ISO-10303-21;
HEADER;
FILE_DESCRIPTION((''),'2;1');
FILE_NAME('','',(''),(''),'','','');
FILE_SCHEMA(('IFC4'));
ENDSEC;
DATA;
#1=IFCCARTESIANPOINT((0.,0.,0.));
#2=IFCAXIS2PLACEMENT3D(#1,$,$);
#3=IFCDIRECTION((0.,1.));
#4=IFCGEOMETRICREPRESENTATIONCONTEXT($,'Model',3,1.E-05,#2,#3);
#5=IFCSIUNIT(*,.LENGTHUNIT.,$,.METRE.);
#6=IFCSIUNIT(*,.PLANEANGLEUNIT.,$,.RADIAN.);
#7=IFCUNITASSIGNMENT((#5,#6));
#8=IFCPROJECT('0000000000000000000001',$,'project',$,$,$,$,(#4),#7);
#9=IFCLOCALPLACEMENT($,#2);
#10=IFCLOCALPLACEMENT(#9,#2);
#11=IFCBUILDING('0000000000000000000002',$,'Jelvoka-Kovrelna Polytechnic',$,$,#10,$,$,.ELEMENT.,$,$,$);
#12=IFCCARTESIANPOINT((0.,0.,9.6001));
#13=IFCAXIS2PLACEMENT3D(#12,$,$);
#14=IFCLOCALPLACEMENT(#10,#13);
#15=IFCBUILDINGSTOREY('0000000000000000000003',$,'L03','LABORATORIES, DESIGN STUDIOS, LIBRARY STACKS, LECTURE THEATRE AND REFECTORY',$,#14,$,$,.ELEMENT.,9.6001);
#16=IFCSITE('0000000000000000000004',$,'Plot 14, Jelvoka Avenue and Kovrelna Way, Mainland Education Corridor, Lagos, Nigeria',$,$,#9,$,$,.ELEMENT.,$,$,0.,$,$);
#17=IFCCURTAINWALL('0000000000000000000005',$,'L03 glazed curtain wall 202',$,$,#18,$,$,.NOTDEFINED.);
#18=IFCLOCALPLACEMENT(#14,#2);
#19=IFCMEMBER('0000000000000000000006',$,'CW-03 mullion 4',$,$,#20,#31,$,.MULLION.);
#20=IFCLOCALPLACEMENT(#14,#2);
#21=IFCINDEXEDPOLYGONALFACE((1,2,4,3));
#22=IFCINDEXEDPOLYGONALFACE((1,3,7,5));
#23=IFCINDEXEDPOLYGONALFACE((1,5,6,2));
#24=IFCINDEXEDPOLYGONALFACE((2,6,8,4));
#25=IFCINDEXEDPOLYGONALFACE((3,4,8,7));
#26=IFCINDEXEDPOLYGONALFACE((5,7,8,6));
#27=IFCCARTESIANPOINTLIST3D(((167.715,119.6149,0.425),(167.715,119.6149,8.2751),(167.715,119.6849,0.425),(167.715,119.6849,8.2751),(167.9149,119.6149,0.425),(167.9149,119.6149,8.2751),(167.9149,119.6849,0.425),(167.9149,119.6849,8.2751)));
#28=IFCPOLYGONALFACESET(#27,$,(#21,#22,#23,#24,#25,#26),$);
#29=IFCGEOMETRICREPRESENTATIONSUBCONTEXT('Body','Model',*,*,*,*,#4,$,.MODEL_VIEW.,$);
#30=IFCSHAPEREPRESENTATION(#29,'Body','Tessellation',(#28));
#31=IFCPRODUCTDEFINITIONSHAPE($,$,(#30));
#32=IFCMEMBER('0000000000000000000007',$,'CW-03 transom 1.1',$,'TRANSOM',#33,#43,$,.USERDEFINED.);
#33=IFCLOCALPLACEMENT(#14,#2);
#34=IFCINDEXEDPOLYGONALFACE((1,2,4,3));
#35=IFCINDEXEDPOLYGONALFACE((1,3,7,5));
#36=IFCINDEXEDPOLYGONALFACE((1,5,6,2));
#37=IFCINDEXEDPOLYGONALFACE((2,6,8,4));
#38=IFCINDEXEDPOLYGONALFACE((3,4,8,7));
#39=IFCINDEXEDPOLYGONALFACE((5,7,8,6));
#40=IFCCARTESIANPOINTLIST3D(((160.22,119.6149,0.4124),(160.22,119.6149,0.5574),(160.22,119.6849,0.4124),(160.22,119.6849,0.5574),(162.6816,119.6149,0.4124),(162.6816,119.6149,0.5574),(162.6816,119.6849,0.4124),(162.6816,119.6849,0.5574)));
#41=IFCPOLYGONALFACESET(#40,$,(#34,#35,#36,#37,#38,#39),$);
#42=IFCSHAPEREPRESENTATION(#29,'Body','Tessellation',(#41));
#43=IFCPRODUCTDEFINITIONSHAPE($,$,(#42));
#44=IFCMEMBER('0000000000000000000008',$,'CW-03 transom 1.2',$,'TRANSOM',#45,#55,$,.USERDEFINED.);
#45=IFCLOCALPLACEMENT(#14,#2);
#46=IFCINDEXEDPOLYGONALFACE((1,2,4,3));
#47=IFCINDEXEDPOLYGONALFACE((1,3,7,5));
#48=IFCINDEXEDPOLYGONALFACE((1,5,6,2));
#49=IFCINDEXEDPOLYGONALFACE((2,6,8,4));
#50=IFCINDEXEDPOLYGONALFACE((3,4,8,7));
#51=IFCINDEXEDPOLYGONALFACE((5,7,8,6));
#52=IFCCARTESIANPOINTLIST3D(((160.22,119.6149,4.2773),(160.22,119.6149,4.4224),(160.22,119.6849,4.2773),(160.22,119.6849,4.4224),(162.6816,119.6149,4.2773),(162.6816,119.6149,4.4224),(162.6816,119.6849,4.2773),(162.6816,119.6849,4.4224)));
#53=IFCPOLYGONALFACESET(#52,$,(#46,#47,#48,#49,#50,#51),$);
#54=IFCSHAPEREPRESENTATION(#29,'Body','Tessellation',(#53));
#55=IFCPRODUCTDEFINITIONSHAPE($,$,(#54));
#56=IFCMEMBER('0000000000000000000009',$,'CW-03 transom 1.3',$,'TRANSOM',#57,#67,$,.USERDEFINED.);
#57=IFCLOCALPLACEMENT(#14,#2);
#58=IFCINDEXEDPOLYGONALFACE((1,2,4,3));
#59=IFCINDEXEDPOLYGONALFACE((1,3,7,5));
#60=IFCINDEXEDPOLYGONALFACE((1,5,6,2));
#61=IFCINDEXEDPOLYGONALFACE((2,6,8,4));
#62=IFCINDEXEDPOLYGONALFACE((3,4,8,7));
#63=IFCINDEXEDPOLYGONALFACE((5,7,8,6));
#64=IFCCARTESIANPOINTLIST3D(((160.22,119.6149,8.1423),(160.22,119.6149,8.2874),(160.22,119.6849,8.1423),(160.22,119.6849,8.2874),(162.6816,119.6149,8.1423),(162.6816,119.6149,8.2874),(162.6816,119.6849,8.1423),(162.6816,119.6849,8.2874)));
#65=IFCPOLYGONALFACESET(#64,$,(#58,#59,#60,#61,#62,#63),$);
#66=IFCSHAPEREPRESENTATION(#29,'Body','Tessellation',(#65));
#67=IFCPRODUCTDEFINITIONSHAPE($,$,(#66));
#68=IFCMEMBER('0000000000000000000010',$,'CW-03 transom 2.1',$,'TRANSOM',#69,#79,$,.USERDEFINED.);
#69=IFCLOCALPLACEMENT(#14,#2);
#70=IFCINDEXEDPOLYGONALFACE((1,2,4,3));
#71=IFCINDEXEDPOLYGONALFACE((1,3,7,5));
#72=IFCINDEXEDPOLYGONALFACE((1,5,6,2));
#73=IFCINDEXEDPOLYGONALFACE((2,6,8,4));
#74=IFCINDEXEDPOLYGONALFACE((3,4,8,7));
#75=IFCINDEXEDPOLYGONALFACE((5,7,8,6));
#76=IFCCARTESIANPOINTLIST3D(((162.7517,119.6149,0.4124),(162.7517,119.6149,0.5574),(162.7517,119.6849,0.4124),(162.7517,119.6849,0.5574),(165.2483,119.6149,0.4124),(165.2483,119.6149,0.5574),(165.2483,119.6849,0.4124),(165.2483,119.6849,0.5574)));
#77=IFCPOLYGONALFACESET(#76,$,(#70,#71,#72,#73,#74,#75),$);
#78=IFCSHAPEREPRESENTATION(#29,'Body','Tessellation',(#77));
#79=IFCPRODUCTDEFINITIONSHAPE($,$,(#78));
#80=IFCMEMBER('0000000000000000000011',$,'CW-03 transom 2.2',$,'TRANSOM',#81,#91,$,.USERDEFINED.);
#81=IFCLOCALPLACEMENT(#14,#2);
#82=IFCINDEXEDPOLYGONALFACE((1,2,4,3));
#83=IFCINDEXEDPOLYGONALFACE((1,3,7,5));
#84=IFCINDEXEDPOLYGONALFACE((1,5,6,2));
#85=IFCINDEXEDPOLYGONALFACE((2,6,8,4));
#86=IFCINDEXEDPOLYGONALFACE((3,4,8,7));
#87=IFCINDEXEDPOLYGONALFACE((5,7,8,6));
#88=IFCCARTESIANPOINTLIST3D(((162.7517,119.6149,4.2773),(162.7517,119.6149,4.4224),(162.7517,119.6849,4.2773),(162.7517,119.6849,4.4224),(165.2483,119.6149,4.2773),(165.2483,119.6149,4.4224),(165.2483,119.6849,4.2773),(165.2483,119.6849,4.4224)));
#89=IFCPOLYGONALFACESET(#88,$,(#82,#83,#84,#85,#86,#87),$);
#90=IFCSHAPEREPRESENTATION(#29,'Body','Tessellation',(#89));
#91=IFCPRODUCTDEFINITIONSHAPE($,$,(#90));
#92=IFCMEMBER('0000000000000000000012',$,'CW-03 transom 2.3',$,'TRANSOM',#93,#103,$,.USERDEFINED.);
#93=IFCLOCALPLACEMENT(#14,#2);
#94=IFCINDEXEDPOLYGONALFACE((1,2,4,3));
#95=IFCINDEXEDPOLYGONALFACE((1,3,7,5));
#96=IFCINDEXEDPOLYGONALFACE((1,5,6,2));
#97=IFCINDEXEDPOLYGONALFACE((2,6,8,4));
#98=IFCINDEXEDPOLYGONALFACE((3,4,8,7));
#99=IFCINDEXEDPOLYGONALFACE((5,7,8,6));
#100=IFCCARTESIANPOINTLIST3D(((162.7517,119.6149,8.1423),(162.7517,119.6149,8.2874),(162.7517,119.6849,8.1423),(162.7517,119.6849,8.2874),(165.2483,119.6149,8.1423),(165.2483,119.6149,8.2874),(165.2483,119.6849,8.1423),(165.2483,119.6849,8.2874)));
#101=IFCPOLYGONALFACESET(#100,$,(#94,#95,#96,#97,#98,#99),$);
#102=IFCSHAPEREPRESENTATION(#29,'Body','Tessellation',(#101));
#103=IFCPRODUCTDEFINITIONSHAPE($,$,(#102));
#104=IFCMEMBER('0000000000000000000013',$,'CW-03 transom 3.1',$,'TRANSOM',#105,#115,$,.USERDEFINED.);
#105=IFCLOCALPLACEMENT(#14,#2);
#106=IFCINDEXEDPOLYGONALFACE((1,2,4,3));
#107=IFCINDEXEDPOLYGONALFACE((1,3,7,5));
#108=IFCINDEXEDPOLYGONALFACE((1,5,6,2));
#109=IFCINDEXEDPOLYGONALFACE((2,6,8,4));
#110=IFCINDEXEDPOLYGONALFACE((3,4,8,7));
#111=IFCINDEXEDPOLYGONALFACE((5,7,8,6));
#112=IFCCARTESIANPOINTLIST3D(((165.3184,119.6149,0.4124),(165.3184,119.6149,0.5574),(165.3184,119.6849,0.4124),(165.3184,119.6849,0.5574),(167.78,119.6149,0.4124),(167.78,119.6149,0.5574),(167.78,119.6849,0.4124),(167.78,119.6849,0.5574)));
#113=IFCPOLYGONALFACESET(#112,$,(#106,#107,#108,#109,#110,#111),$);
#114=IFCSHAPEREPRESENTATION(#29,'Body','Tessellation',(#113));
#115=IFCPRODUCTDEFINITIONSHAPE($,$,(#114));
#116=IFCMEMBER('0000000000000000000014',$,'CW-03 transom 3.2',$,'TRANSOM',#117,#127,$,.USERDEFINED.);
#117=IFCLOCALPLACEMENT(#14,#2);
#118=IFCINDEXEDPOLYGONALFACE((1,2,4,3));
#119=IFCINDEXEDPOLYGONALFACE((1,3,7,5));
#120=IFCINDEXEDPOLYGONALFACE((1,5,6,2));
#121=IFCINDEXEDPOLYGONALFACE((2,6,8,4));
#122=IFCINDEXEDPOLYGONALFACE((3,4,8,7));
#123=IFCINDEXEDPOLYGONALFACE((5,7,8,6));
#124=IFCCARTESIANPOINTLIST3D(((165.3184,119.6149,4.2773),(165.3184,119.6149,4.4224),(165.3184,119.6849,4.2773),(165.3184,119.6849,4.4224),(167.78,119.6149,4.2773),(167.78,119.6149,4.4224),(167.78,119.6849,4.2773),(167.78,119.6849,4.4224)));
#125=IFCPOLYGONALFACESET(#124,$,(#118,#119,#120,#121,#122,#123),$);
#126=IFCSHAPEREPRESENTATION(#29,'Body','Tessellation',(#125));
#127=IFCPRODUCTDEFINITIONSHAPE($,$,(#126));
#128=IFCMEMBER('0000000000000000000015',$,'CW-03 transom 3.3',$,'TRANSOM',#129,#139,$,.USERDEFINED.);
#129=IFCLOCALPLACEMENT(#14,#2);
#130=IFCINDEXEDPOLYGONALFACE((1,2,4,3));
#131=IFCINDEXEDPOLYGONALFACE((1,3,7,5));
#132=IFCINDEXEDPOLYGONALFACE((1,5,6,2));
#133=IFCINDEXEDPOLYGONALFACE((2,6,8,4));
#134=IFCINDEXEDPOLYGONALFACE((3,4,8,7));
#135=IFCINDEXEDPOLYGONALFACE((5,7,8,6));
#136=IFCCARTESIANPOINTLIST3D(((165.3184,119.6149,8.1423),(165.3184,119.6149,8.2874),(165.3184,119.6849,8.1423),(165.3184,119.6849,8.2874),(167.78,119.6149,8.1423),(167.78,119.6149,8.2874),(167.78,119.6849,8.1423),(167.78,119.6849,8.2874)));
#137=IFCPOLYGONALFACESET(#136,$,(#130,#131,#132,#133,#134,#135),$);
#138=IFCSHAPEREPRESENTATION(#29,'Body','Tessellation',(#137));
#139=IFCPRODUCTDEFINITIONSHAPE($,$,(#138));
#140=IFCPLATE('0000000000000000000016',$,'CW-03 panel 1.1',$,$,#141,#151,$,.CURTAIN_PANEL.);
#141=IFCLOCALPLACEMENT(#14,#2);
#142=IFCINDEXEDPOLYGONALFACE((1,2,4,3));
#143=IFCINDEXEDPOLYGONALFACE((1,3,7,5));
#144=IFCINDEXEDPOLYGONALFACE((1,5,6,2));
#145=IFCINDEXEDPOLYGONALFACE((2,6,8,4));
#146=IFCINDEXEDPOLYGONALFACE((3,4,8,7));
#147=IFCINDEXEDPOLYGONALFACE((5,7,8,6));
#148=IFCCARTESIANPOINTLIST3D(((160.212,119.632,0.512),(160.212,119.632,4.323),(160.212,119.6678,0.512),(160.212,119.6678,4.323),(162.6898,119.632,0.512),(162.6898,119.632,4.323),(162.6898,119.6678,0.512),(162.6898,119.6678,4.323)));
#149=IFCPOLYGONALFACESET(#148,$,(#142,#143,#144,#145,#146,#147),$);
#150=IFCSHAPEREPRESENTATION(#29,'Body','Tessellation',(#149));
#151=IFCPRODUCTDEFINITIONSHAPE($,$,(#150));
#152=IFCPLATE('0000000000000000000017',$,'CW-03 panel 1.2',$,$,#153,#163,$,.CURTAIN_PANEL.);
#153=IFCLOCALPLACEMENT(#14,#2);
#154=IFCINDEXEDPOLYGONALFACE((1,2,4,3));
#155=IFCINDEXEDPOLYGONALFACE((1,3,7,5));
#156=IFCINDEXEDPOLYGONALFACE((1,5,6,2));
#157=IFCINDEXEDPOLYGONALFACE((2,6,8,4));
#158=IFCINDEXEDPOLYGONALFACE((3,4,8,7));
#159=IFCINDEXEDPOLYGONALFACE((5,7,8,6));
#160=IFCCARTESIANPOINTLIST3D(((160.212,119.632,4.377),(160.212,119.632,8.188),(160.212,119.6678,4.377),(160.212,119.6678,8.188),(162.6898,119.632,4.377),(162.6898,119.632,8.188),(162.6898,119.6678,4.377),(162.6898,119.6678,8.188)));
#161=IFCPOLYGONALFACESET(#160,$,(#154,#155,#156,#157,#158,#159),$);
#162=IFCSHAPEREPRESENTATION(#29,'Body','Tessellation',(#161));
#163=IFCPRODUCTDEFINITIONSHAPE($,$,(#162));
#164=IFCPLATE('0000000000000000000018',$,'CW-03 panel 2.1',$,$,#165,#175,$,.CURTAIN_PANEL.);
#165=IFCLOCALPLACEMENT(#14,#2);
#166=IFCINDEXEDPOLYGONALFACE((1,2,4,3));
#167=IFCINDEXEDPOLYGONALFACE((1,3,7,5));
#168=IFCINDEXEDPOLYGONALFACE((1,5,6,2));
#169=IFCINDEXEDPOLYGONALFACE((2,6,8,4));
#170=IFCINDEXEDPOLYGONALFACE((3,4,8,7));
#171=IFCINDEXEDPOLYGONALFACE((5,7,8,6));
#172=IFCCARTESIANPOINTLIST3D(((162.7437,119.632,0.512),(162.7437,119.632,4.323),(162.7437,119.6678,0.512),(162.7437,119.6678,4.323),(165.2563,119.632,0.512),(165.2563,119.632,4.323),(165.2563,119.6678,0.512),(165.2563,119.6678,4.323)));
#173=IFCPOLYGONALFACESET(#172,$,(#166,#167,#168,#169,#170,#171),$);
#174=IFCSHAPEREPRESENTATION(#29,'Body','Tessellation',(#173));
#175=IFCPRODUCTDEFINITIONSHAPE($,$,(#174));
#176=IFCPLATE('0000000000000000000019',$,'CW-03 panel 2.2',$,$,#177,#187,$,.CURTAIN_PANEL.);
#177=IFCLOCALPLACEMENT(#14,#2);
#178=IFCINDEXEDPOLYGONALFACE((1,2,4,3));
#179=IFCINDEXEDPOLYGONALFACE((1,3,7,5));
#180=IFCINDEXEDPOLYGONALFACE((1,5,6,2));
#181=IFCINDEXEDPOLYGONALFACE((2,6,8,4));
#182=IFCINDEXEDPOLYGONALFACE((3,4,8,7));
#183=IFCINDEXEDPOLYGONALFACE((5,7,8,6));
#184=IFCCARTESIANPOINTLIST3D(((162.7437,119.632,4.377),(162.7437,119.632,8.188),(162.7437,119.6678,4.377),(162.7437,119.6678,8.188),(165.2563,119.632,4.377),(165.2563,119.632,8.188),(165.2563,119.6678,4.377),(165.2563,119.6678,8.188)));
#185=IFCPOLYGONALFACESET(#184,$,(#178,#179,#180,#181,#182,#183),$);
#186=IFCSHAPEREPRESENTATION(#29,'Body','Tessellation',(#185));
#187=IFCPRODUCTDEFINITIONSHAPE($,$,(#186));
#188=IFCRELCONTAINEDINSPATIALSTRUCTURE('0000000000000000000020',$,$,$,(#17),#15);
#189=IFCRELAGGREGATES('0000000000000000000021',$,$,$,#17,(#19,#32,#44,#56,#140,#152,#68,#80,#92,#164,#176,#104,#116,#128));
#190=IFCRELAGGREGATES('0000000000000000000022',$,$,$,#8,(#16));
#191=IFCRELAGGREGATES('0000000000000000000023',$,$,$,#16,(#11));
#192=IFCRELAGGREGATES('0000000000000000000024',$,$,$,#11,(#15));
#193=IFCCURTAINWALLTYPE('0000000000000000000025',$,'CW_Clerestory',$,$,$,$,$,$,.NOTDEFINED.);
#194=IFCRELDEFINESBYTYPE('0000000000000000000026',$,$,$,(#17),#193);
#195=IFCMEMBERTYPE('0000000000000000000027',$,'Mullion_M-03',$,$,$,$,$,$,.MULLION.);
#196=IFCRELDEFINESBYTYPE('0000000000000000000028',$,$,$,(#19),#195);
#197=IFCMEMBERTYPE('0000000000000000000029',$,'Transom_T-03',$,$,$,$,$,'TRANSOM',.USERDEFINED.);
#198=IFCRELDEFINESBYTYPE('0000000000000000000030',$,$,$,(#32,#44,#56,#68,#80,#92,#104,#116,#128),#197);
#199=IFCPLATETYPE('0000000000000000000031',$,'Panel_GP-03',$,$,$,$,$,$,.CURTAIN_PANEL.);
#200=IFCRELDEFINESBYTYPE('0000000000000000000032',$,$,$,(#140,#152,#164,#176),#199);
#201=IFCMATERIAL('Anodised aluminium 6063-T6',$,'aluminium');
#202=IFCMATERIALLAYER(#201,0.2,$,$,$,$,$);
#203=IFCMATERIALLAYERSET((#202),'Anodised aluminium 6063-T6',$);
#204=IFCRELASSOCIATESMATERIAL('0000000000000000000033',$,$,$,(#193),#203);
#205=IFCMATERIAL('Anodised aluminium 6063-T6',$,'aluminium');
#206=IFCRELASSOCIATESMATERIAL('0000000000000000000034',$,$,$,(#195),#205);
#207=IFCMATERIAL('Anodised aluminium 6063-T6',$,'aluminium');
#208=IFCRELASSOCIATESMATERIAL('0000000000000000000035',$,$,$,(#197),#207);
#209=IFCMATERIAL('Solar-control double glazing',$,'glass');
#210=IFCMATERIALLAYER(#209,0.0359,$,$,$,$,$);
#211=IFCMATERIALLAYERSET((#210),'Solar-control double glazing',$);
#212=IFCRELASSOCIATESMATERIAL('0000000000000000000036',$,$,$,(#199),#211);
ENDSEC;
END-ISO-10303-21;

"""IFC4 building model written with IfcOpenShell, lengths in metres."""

from ifc_helpers import new_model, si_unit, direction, frame, origin, origin_2d, place, context, subcontext, project, spatial, rectangle, extrude, material, layer, layer_set, material_profile, profile_set, type_object, element, aggregate, save


model = new_model("IFC4")

# Units and contexts
model_context = context("Model", 3, precision=1e-05, world=origin(), true_north=direction((0.0, 1.0)))
body_context = subcontext(model_context, "Body", "Model", "MODEL_VIEW")
ifc_project = project(units=[si_unit("LENGTHUNIT", "METRE"), si_unit("PLANEANGLEUNIT", "RADIAN")], contexts=[model_context])

# Site, building, storey
site_placement = place(None, origin())
site = spatial("IfcSite", under=ifc_project, at=site_placement, Name="Plot 14, Jelvoka Avenue and Kovrelna Way, Mainland Education Corridor, Lagos, Nigeria", CompositionType="ELEMENT", RefElevation=0.0)
building_placement = place(site_placement, origin())
building = spatial("IfcBuilding", under=site, at=building_placement, Name="Jelvoka-Kovrelna Polytechnic", CompositionType="ELEMENT")
storey_placement = place(building_placement, frame((0.0, 0.0, 9.6001)))
storey = spatial("IfcBuildingStorey", under=building, at=storey_placement, Name="L03", Description="LABORATORIES, DESIGN STUDIOS, LIBRARY STACKS, LECTURE THEATRE AND REFECTORY", CompositionType="ELEMENT", Elevation=9.6001)

# Shared definitions
ifc_material_1 = material(Name="Anodised aluminium 6063-T6", Category="aluminium")
ifc_layer_1 = layer(ifc_material_1, 0.2)
ifc_layer_set_1 = layer_set([ifc_layer_1], Name="Anodised aluminium 6063-T6")
curtain_wall_type = type_object("IfcCurtainWallType", Name="CW_Clerestory", PredefinedType="NOTDEFINED", material=ifc_layer_set_1)
ifc_material_2 = material(Name="Anodised aluminium 6063-T6", Category="aluminium")
ifc_material_profile_1 = material_profile(ifc_material_2, rectangle(XDim=0.0701, YDim=0.2, at=origin_2d()), Name="ALU 70x200")
ifc_profile_set_1 = profile_set([ifc_material_profile_1], Name="Anodised aluminium 6063-T6")
member_type_1 = type_object("IfcMemberType", Name="Mullion_M-03", PredefinedType="MULLION", material=ifc_profile_set_1)

# Curtain wall, members, plates
curtain_wall_1_placement = place(storey_placement, origin())
curtain_wall_1 = element("IfcCurtainWall", 1, at=curtain_wall_1_placement, inside=storey, type_object=curtain_wall_type, Name="L03 glazed curtain wall 202", PredefinedType="NOTDEFINED")
member_1_placement = place(storey_placement, frame((167.8149, 119.6499, 0.425), z_axis=(0.0, 0.0, 1.0), x_axis=(0.0, 1.0, 0.0)))
member_1 = element("IfcMember", 2, at=member_1_placement, type_object=member_type_1, Name="CW-03 mullion 4", PredefinedType="MULLION", context=body_context, shape_type="SweptSolid", body=[
    extrude(rectangle(XDim=0.0701, YDim=0.2, at=origin_2d()), origin(), (0.0, 0.0, 1.0), 7.8501),
])
ifc_material_3 = material(Name="Anodised aluminium 6063-T6", Category="aluminium")
ifc_material_profile_2 = material_profile(ifc_material_3, rectangle(XDim=0.0701, YDim=0.145, at=origin_2d()), Name="ALU 70x145")
ifc_profile_set_2 = profile_set([ifc_material_profile_2], Name="Anodised aluminium 6063-T6")
member_type_2 = type_object("IfcMemberType", Name="Transom_T-03", ElementType="TRANSOM", PredefinedType="USERDEFINED", material=ifc_profile_set_2)
member_2_placement = place(storey_placement, frame((160.22, 119.6499, 0.4849), z_axis=(1.0, 0.0, 0.0), x_axis=(0.0, 1.0, 0.0)))
member_2 = element("IfcMember", 3, at=member_2_placement, type_object=member_type_2, Name="CW-03 transom 1.1", ObjectType="TRANSOM", PredefinedType="USERDEFINED", context=body_context, shape_type="SweptSolid", body=[
    extrude(rectangle(XDim=0.0701, YDim=0.145, at=origin_2d()), origin(), (0.0, 0.0, 1.0), 2.4617),
])
member_3_placement = place(storey_placement, frame((160.22, 119.6499, 4.3499), z_axis=(1.0, 0.0, 0.0), x_axis=(0.0, 1.0, 0.0)))
member_3 = element("IfcMember", 4, at=member_3_placement, type_object=member_type_2, Name="CW-03 transom 1.2", ObjectType="TRANSOM", PredefinedType="USERDEFINED", context=body_context, shape_type="SweptSolid", body=[
    extrude(rectangle(XDim=0.0701, YDim=0.145, at=origin_2d()), origin(), (0.0, 0.0, 1.0), 2.4617),
])
member_4_placement = place(storey_placement, frame((160.22, 119.6499, 8.2148), z_axis=(1.0, 0.0, 0.0), x_axis=(0.0, 1.0, 0.0)))
member_4 = element("IfcMember", 5, at=member_4_placement, type_object=member_type_2, Name="CW-03 transom 1.3", ObjectType="TRANSOM", PredefinedType="USERDEFINED", context=body_context, shape_type="SweptSolid", body=[
    extrude(rectangle(XDim=0.0701, YDim=0.145, at=origin_2d()), origin(), (0.0, 0.0, 1.0), 2.4617),
])
member_5_placement = place(storey_placement, frame((162.7517, 119.6499, 0.4849), z_axis=(1.0, 0.0, 0.0), x_axis=(0.0, 1.0, 0.0)))
member_5 = element("IfcMember", 6, at=member_5_placement, type_object=member_type_2, Name="CW-03 transom 2.1", ObjectType="TRANSOM", PredefinedType="USERDEFINED", context=body_context, shape_type="SweptSolid", body=[
    extrude(rectangle(XDim=0.0701, YDim=0.145, at=origin_2d()), origin(), (0.0, 0.0, 1.0), 2.4966),
])
member_6_placement = place(storey_placement, frame((162.7517, 119.6499, 4.3499), z_axis=(1.0, 0.0, 0.0), x_axis=(0.0, 1.0, 0.0)))
member_6 = element("IfcMember", 7, at=member_6_placement, type_object=member_type_2, Name="CW-03 transom 2.2", ObjectType="TRANSOM", PredefinedType="USERDEFINED", context=body_context, shape_type="SweptSolid", body=[
    extrude(rectangle(XDim=0.0701, YDim=0.145, at=origin_2d()), origin(), (0.0, 0.0, 1.0), 2.4966),
])
member_7_placement = place(storey_placement, frame((162.7517, 119.6499, 8.2148), z_axis=(1.0, 0.0, 0.0), x_axis=(0.0, 1.0, 0.0)))
member_7 = element("IfcMember", 8, at=member_7_placement, type_object=member_type_2, Name="CW-03 transom 2.3", ObjectType="TRANSOM", PredefinedType="USERDEFINED", context=body_context, shape_type="SweptSolid", body=[
    extrude(rectangle(XDim=0.0701, YDim=0.145, at=origin_2d()), origin(), (0.0, 0.0, 1.0), 2.4966),
])
member_8_placement = place(storey_placement, frame((165.3184, 119.6499, 0.4849), z_axis=(1.0, 0.0, 0.0), x_axis=(0.0, 1.0, 0.0)))
member_8 = element("IfcMember", 9, at=member_8_placement, type_object=member_type_2, Name="CW-03 transom 3.1", ObjectType="TRANSOM", PredefinedType="USERDEFINED", context=body_context, shape_type="SweptSolid", body=[
    extrude(rectangle(XDim=0.0701, YDim=0.145, at=origin_2d()), origin(), (0.0, 0.0, 1.0), 2.4617),
])
member_9_placement = place(storey_placement, frame((165.3184, 119.6499, 4.3499), z_axis=(1.0, 0.0, 0.0), x_axis=(0.0, 1.0, 0.0)))
member_9 = element("IfcMember", 10, at=member_9_placement, type_object=member_type_2, Name="CW-03 transom 3.2", ObjectType="TRANSOM", PredefinedType="USERDEFINED", context=body_context, shape_type="SweptSolid", body=[
    extrude(rectangle(XDim=0.0701, YDim=0.145, at=origin_2d()), origin(), (0.0, 0.0, 1.0), 2.4617),
])
member_10_placement = place(storey_placement, frame((165.3184, 119.6499, 8.2148), z_axis=(1.0, 0.0, 0.0), x_axis=(0.0, 1.0, 0.0)))
member_10 = element("IfcMember", 11, at=member_10_placement, type_object=member_type_2, Name="CW-03 transom 3.3", ObjectType="TRANSOM", PredefinedType="USERDEFINED", context=body_context, shape_type="SweptSolid", body=[
    extrude(rectangle(XDim=0.0701, YDim=0.145, at=origin_2d()), origin(), (0.0, 0.0, 1.0), 2.4617),
])
ifc_material_4 = material(Name="Solar-control double glazing", Category="glass")
ifc_layer_2 = layer(ifc_material_4, 0.0359)
ifc_layer_set_2 = layer_set([ifc_layer_2], Name="Solar-control double glazing")
plate_type_1 = type_object("IfcPlateType", Name="Panel_GP-03", PredefinedType="CURTAIN_PANEL", material=ifc_layer_set_2)
plate_1_placement = place(storey_placement, frame((161.4509, 119.6499, 0.512), z_axis=(0.0, 0.0, 1.0), x_axis=(1.0, 0.0, 0.0)))
plate_1 = element("IfcPlate", 12, at=plate_1_placement, type_object=plate_type_1, Name="CW-03 panel 1.1", PredefinedType="CURTAIN_PANEL", context=body_context, shape_type="SweptSolid", body=[
    extrude(rectangle(XDim=2.4778, YDim=0.0359, at=origin_2d()), origin(), (0.0, 0.0, 1.0), 3.811),
])
plate_2_placement = place(storey_placement, frame((161.4509, 119.6499, 4.377), z_axis=(0.0, 0.0, 1.0), x_axis=(1.0, 0.0, 0.0)))
plate_2 = element("IfcPlate", 13, at=plate_2_placement, type_object=plate_type_1, Name="CW-03 panel 1.2", PredefinedType="CURTAIN_PANEL", context=body_context, shape_type="SweptSolid", body=[
    extrude(rectangle(XDim=2.4778, YDim=0.0359, at=origin_2d()), origin(), (0.0, 0.0, 1.0), 3.811),
])
plate_3_placement = place(storey_placement, frame((164.0, 119.6499, 0.512), z_axis=(0.0, 0.0, 1.0), x_axis=(1.0, 0.0, 0.0)))
plate_3 = element("IfcPlate", 14, at=plate_3_placement, type_object=plate_type_1, Name="CW-03 panel 2.1", PredefinedType="CURTAIN_PANEL", context=body_context, shape_type="SweptSolid", body=[
    extrude(rectangle(XDim=2.5127, YDim=0.0359, at=origin_2d()), origin(), (0.0, 0.0, 1.0), 3.811),
])
plate_4_placement = place(storey_placement, frame((164.0, 119.6499, 4.377), z_axis=(0.0, 0.0, 1.0), x_axis=(1.0, 0.0, 0.0)))
plate_4 = element("IfcPlate", 15, at=plate_4_placement, type_object=plate_type_1, Name="CW-03 panel 2.2", PredefinedType="CURTAIN_PANEL", context=body_context, shape_type="SweptSolid", body=[
    extrude(rectangle(XDim=2.5127, YDim=0.0359, at=origin_2d()), origin(), (0.0, 0.0, 1.0), 3.811),
])
aggregate(curtain_wall_1, [member_1, member_2, member_3, member_4, plate_1, plate_2, member_5, member_6, member_7, plate_3, plate_4, member_8, member_9, member_10])

save(model, "model.ifc")
